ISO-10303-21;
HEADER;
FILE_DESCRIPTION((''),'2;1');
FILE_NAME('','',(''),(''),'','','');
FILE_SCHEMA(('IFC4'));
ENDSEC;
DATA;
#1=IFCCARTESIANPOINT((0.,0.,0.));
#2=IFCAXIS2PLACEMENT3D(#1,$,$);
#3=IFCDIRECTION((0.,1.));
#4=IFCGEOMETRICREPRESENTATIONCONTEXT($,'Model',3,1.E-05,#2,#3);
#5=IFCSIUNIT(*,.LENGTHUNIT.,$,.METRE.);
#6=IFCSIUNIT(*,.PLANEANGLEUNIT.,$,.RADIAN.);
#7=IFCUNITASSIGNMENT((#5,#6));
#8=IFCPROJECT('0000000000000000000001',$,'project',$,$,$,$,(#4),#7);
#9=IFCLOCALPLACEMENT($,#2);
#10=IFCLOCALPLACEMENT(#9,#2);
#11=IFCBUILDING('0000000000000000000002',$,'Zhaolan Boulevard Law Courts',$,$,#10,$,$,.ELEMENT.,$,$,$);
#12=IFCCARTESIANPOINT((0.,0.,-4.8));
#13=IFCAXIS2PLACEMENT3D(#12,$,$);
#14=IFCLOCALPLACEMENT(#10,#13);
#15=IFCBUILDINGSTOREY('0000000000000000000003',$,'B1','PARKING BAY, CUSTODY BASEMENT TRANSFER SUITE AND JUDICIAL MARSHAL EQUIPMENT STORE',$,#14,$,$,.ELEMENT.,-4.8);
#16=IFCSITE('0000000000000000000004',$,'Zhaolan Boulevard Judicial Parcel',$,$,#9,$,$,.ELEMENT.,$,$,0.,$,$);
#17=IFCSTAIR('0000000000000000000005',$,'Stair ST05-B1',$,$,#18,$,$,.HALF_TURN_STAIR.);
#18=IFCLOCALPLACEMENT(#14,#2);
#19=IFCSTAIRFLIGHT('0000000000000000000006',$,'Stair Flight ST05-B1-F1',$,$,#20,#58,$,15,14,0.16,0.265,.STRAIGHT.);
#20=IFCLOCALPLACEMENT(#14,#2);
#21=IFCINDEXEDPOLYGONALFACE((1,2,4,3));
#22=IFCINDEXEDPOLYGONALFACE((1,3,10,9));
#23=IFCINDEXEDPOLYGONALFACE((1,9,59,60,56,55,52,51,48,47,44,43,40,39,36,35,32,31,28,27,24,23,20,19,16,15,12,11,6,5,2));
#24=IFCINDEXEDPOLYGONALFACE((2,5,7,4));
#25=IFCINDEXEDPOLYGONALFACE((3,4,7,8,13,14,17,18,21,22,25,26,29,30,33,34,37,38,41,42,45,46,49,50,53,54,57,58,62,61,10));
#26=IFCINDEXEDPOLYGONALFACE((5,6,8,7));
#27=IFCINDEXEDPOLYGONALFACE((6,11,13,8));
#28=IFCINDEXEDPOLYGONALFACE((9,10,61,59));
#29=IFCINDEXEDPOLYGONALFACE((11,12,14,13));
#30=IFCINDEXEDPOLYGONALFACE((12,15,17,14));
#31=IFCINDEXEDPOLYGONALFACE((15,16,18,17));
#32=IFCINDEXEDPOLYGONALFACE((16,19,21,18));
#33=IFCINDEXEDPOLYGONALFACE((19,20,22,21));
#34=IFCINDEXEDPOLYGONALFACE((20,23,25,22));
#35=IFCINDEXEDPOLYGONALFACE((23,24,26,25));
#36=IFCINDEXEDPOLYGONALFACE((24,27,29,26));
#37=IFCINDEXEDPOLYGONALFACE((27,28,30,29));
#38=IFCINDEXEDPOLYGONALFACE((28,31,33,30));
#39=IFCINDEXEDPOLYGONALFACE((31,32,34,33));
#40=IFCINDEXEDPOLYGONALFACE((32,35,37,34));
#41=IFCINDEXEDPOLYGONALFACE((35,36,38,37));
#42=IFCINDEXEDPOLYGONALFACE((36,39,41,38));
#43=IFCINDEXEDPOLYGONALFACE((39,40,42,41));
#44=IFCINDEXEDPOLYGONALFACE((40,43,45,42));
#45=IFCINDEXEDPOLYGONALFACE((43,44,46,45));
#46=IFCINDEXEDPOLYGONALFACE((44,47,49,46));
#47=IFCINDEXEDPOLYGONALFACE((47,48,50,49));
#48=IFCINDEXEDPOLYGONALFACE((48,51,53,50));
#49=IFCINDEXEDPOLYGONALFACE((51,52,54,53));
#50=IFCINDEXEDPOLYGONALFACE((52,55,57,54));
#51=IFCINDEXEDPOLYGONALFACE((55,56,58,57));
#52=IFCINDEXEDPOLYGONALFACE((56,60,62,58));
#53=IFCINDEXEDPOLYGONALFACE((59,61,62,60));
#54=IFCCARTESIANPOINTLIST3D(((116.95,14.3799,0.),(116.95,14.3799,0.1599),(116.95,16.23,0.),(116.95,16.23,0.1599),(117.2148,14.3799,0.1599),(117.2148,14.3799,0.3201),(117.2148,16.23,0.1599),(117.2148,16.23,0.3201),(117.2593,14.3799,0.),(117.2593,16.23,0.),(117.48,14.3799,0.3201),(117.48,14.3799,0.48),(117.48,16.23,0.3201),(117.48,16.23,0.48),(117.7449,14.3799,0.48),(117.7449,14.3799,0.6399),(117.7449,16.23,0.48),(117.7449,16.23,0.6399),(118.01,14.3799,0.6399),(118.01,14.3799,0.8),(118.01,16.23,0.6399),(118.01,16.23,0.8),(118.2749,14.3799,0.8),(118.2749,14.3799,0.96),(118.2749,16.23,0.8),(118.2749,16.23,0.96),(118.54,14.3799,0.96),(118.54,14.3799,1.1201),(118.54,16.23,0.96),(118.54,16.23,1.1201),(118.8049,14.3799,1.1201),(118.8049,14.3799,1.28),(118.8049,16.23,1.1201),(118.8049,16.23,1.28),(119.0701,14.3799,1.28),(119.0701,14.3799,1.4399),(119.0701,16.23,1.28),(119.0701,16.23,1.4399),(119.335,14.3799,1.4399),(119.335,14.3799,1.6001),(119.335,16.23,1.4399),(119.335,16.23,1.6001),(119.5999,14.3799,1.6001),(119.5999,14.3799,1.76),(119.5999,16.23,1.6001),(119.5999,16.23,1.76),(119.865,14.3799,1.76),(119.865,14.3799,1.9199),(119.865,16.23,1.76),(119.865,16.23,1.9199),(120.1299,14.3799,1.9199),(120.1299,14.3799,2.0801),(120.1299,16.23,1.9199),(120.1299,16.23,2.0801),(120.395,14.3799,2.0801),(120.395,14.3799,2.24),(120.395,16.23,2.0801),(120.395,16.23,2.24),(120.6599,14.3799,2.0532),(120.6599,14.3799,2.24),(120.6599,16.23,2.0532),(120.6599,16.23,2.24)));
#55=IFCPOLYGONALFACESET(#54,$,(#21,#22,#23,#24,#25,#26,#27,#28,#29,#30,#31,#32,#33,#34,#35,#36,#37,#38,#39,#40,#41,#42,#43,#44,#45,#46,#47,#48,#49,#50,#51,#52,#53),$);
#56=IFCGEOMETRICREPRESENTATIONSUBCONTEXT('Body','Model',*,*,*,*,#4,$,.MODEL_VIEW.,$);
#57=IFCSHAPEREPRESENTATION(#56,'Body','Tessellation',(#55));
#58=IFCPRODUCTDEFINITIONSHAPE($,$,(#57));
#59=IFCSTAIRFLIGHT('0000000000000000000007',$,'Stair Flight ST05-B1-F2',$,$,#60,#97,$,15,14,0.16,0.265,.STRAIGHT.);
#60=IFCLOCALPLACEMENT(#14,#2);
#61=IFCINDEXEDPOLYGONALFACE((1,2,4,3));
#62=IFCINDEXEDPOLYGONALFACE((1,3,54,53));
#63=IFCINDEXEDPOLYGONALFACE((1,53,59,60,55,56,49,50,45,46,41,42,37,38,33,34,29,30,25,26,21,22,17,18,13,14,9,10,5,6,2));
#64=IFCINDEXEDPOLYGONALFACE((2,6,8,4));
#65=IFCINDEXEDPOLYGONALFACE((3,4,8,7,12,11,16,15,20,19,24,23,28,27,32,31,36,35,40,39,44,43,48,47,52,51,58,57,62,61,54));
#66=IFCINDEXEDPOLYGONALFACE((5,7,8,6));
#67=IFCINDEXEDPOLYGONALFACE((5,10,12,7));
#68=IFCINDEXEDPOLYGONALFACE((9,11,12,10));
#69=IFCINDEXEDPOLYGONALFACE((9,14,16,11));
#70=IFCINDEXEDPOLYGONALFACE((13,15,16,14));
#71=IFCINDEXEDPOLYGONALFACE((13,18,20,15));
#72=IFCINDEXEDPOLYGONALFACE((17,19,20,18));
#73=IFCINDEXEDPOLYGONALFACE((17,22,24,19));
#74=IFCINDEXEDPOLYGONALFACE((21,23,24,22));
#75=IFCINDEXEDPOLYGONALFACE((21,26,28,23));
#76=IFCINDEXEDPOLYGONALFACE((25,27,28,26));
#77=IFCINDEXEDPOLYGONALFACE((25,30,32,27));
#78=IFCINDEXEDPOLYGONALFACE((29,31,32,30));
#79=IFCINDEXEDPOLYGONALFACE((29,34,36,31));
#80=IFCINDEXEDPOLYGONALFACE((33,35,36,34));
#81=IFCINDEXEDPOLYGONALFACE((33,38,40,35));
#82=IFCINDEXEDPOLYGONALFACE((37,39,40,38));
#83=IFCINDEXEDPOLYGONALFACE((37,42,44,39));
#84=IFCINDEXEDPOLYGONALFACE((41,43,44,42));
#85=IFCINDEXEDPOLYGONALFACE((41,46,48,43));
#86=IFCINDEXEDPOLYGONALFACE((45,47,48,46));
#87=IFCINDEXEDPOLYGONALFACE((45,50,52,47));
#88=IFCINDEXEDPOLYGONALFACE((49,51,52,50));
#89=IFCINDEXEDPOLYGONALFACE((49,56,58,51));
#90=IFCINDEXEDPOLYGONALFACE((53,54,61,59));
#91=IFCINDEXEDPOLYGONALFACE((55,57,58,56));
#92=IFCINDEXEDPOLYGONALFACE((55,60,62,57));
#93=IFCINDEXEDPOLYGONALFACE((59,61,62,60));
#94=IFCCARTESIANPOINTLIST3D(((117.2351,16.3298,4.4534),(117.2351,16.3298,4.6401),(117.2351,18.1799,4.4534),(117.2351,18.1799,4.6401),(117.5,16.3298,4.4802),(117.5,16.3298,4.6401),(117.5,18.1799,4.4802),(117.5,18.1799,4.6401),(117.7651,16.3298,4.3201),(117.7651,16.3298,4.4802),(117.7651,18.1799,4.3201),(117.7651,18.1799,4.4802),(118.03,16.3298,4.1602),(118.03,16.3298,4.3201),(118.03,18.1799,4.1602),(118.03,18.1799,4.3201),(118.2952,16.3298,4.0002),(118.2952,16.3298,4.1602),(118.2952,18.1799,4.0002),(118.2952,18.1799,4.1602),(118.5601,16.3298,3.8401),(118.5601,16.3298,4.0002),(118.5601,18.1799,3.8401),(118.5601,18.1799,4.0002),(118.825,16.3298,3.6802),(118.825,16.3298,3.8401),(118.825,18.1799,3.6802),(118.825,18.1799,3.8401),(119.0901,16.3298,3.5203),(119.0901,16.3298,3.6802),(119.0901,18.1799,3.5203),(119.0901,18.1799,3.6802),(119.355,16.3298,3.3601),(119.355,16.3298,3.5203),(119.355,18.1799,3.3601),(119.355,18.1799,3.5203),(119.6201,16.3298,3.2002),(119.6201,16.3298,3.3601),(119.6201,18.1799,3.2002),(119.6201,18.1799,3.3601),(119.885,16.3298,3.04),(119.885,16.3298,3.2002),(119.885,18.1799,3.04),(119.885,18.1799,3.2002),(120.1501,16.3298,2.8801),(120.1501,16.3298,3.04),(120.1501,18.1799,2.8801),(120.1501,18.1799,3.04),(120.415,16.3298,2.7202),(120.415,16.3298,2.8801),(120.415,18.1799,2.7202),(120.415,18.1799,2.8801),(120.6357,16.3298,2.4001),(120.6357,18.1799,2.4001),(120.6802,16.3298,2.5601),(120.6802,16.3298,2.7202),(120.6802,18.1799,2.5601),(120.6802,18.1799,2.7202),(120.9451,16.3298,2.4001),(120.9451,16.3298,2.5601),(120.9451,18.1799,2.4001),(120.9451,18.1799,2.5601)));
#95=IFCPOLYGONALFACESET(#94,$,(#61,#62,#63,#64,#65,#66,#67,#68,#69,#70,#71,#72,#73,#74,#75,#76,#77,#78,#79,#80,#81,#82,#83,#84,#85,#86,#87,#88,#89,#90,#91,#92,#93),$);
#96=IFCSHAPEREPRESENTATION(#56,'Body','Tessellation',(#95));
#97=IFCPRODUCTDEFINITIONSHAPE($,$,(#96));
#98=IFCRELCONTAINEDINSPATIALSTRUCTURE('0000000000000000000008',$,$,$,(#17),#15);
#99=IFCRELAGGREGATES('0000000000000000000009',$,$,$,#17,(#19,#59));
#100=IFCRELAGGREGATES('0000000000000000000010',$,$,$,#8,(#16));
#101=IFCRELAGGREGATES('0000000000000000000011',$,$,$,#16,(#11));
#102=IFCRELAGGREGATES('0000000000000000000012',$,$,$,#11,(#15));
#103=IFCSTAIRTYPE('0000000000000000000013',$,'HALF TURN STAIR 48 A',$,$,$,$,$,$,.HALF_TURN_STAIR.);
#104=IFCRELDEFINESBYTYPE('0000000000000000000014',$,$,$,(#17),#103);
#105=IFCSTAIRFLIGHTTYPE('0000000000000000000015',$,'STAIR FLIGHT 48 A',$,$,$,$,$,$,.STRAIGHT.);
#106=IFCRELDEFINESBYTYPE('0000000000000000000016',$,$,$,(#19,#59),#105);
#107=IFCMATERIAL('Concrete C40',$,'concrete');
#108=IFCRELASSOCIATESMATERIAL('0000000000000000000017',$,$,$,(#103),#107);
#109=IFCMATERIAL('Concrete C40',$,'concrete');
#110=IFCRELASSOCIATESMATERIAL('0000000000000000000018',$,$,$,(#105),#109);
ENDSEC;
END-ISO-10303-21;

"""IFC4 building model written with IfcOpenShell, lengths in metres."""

from ifc_helpers import new_model, si_unit, direction, frame, origin, place, context, subcontext, project, spatial, polyline, outline, extrude, material, type_object, element, aggregate, save


model = new_model("IFC4")

# Units and contexts
model_context = context("Model", 3, precision=1e-05, world=origin(), true_north=direction((0.0, 1.0)))
body_context = subcontext(model_context, "Body", "Model", "MODEL_VIEW")
ifc_project = project(units=[si_unit("LENGTHUNIT", "METRE"), si_unit("PLANEANGLEUNIT", "RADIAN")], contexts=[model_context])

# Site, building, storey
site_placement = place(None, origin())
site = spatial("IfcSite", under=ifc_project, at=site_placement, Name="Zhaolan Boulevard Judicial Parcel", CompositionType="ELEMENT", RefElevation=0.0)
building_placement = place(site_placement, origin())
building = spatial("IfcBuilding", under=site, at=building_placement, Name="Zhaolan Boulevard Law Courts", CompositionType="ELEMENT")
storey_placement = place(building_placement, frame((0.0, 0.0, -4.8)))
storey = spatial("IfcBuildingStorey", under=building, at=storey_placement, Name="B1", Description="PARKING BAY, CUSTODY BASEMENT TRANSFER SUITE AND JUDICIAL MARSHAL EQUIPMENT STORE", CompositionType="ELEMENT", Elevation=-4.8)

# Stair, stair flights
ifc_material_1 = material(Name="Concrete C40", Category="concrete")
stair_type = type_object("IfcStairType", Name="HALF TURN STAIR 48 A", PredefinedType="HALF_TURN_STAIR", material=ifc_material_1)
stair_placement = place(storey_placement, origin())
stair = element("IfcStair", 1, at=stair_placement, inside=storey, type_object=stair_type, Name="Stair ST05-B1", PredefinedType="HALF_TURN_STAIR")
ifc_material_2 = material(Name="Concrete C40", Category="concrete")
stair_flight_type = type_object("IfcStairFlightType", Name="STAIR FLIGHT 48 A", PredefinedType="STRAIGHT", material=ifc_material_2)
stair_flight_1_placement = place(storey_placement, frame((116.95, 15.3049, 0.0), z_axis=(0.0, 0.0, 1.0), x_axis=(1.0, 0.0, 0.0)))
stair_flight_1 = element("IfcStairFlight", 2, at=stair_flight_1_placement, type_object=stair_flight_type, Name="Stair Flight ST05-B1-F1", NumberOfRisers=15, NumberOfTreads=14, PredefinedType="STRAIGHT", RiserHeight=0.16, TreadLength=0.265, context=body_context, shape_type="SweptSolid", body=[
    extrude(outline(polyline([(0.0, 0.0), (0.0, 0.1599), (0.2649, 0.1599), (0.2649, 0.3201), (0.53, 0.3201), (0.53, 0.48), (0.7949, 0.48), (0.7949, 0.6399), (1.0601, 0.6399), (1.0601, 0.8), (1.325, 0.8), (1.325, 0.96), (1.5901, 0.96), (1.5901, 1.1201), (1.855, 1.1201), (1.855, 1.28), (2.1201, 1.28), (2.1201, 1.4399), (2.385, 1.4399), (2.385, 1.6001), (2.6499, 1.6001), (2.6499, 1.76), (2.915, 1.76), (2.915, 1.9199), (3.1799, 1.9199), (3.1799, 2.0801), (3.4451, 2.0801), (3.4451, 2.24), (3.71, 2.24), (3.71, 2.3999), (3.71, 2.0532), (0.3093, 0.0), (0.0, 0.0)])), frame((0.0, 0.925, 0.0), z_axis=(0.0, -1.0, 0.0), x_axis=(1.0, 0.0, 0.0)), (0.0, 0.0, 1.0), 1.8501),
])
stair_flight_2_placement = place(storey_placement, frame((120.9451, 17.2549, 2.4001), z_axis=(0.0, 0.0, 1.0), x_axis=(-1.0, 0.0, 0.0)))
stair_flight_2 = element("IfcStairFlight", 3, at=stair_flight_2_placement, type_object=stair_flight_type, Name="Stair Flight ST05-B1-F2", NumberOfRisers=15, NumberOfTreads=14, PredefinedType="STRAIGHT", RiserHeight=0.16, TreadLength=0.265, context=body_context, shape_type="SweptSolid", body=[
    extrude(outline(polyline([(0.0, 0.0), (0.0, 0.1599), (0.2649, 0.1599), (0.2649, 0.3201), (0.53, 0.3201), (0.53, 0.48), (0.7949, 0.48), (0.7949, 0.6399), (1.0601, 0.6399), (1.0601, 0.8), (1.325, 0.8), (1.325, 0.96), (1.5901, 0.96), (1.5901, 1.1201), (1.855, 1.1201), (1.855, 1.28), (2.1201, 1.28), (2.1201, 1.4399), (2.385, 1.4399), (2.385, 1.6001), (2.6499, 1.6001), (2.6499, 1.76), (2.915, 1.76), (2.915, 1.9199), (3.1799, 1.9199), (3.1799, 2.0801), (3.4451, 2.0801), (3.4451, 2.24), (3.71, 2.24), (3.71, 2.3999), (3.71, 2.0532), (0.3093, 0.0), (0.0, 0.0)])), frame((0.0, 0.925, 0.0), z_axis=(0.0, -1.0, 0.0), x_axis=(1.0, 0.0, 0.0)), (0.0, 0.0, 1.0), 1.8501),
])
aggregate(stair, [stair_flight_1, stair_flight_2])

save(model, "model.ifc")
